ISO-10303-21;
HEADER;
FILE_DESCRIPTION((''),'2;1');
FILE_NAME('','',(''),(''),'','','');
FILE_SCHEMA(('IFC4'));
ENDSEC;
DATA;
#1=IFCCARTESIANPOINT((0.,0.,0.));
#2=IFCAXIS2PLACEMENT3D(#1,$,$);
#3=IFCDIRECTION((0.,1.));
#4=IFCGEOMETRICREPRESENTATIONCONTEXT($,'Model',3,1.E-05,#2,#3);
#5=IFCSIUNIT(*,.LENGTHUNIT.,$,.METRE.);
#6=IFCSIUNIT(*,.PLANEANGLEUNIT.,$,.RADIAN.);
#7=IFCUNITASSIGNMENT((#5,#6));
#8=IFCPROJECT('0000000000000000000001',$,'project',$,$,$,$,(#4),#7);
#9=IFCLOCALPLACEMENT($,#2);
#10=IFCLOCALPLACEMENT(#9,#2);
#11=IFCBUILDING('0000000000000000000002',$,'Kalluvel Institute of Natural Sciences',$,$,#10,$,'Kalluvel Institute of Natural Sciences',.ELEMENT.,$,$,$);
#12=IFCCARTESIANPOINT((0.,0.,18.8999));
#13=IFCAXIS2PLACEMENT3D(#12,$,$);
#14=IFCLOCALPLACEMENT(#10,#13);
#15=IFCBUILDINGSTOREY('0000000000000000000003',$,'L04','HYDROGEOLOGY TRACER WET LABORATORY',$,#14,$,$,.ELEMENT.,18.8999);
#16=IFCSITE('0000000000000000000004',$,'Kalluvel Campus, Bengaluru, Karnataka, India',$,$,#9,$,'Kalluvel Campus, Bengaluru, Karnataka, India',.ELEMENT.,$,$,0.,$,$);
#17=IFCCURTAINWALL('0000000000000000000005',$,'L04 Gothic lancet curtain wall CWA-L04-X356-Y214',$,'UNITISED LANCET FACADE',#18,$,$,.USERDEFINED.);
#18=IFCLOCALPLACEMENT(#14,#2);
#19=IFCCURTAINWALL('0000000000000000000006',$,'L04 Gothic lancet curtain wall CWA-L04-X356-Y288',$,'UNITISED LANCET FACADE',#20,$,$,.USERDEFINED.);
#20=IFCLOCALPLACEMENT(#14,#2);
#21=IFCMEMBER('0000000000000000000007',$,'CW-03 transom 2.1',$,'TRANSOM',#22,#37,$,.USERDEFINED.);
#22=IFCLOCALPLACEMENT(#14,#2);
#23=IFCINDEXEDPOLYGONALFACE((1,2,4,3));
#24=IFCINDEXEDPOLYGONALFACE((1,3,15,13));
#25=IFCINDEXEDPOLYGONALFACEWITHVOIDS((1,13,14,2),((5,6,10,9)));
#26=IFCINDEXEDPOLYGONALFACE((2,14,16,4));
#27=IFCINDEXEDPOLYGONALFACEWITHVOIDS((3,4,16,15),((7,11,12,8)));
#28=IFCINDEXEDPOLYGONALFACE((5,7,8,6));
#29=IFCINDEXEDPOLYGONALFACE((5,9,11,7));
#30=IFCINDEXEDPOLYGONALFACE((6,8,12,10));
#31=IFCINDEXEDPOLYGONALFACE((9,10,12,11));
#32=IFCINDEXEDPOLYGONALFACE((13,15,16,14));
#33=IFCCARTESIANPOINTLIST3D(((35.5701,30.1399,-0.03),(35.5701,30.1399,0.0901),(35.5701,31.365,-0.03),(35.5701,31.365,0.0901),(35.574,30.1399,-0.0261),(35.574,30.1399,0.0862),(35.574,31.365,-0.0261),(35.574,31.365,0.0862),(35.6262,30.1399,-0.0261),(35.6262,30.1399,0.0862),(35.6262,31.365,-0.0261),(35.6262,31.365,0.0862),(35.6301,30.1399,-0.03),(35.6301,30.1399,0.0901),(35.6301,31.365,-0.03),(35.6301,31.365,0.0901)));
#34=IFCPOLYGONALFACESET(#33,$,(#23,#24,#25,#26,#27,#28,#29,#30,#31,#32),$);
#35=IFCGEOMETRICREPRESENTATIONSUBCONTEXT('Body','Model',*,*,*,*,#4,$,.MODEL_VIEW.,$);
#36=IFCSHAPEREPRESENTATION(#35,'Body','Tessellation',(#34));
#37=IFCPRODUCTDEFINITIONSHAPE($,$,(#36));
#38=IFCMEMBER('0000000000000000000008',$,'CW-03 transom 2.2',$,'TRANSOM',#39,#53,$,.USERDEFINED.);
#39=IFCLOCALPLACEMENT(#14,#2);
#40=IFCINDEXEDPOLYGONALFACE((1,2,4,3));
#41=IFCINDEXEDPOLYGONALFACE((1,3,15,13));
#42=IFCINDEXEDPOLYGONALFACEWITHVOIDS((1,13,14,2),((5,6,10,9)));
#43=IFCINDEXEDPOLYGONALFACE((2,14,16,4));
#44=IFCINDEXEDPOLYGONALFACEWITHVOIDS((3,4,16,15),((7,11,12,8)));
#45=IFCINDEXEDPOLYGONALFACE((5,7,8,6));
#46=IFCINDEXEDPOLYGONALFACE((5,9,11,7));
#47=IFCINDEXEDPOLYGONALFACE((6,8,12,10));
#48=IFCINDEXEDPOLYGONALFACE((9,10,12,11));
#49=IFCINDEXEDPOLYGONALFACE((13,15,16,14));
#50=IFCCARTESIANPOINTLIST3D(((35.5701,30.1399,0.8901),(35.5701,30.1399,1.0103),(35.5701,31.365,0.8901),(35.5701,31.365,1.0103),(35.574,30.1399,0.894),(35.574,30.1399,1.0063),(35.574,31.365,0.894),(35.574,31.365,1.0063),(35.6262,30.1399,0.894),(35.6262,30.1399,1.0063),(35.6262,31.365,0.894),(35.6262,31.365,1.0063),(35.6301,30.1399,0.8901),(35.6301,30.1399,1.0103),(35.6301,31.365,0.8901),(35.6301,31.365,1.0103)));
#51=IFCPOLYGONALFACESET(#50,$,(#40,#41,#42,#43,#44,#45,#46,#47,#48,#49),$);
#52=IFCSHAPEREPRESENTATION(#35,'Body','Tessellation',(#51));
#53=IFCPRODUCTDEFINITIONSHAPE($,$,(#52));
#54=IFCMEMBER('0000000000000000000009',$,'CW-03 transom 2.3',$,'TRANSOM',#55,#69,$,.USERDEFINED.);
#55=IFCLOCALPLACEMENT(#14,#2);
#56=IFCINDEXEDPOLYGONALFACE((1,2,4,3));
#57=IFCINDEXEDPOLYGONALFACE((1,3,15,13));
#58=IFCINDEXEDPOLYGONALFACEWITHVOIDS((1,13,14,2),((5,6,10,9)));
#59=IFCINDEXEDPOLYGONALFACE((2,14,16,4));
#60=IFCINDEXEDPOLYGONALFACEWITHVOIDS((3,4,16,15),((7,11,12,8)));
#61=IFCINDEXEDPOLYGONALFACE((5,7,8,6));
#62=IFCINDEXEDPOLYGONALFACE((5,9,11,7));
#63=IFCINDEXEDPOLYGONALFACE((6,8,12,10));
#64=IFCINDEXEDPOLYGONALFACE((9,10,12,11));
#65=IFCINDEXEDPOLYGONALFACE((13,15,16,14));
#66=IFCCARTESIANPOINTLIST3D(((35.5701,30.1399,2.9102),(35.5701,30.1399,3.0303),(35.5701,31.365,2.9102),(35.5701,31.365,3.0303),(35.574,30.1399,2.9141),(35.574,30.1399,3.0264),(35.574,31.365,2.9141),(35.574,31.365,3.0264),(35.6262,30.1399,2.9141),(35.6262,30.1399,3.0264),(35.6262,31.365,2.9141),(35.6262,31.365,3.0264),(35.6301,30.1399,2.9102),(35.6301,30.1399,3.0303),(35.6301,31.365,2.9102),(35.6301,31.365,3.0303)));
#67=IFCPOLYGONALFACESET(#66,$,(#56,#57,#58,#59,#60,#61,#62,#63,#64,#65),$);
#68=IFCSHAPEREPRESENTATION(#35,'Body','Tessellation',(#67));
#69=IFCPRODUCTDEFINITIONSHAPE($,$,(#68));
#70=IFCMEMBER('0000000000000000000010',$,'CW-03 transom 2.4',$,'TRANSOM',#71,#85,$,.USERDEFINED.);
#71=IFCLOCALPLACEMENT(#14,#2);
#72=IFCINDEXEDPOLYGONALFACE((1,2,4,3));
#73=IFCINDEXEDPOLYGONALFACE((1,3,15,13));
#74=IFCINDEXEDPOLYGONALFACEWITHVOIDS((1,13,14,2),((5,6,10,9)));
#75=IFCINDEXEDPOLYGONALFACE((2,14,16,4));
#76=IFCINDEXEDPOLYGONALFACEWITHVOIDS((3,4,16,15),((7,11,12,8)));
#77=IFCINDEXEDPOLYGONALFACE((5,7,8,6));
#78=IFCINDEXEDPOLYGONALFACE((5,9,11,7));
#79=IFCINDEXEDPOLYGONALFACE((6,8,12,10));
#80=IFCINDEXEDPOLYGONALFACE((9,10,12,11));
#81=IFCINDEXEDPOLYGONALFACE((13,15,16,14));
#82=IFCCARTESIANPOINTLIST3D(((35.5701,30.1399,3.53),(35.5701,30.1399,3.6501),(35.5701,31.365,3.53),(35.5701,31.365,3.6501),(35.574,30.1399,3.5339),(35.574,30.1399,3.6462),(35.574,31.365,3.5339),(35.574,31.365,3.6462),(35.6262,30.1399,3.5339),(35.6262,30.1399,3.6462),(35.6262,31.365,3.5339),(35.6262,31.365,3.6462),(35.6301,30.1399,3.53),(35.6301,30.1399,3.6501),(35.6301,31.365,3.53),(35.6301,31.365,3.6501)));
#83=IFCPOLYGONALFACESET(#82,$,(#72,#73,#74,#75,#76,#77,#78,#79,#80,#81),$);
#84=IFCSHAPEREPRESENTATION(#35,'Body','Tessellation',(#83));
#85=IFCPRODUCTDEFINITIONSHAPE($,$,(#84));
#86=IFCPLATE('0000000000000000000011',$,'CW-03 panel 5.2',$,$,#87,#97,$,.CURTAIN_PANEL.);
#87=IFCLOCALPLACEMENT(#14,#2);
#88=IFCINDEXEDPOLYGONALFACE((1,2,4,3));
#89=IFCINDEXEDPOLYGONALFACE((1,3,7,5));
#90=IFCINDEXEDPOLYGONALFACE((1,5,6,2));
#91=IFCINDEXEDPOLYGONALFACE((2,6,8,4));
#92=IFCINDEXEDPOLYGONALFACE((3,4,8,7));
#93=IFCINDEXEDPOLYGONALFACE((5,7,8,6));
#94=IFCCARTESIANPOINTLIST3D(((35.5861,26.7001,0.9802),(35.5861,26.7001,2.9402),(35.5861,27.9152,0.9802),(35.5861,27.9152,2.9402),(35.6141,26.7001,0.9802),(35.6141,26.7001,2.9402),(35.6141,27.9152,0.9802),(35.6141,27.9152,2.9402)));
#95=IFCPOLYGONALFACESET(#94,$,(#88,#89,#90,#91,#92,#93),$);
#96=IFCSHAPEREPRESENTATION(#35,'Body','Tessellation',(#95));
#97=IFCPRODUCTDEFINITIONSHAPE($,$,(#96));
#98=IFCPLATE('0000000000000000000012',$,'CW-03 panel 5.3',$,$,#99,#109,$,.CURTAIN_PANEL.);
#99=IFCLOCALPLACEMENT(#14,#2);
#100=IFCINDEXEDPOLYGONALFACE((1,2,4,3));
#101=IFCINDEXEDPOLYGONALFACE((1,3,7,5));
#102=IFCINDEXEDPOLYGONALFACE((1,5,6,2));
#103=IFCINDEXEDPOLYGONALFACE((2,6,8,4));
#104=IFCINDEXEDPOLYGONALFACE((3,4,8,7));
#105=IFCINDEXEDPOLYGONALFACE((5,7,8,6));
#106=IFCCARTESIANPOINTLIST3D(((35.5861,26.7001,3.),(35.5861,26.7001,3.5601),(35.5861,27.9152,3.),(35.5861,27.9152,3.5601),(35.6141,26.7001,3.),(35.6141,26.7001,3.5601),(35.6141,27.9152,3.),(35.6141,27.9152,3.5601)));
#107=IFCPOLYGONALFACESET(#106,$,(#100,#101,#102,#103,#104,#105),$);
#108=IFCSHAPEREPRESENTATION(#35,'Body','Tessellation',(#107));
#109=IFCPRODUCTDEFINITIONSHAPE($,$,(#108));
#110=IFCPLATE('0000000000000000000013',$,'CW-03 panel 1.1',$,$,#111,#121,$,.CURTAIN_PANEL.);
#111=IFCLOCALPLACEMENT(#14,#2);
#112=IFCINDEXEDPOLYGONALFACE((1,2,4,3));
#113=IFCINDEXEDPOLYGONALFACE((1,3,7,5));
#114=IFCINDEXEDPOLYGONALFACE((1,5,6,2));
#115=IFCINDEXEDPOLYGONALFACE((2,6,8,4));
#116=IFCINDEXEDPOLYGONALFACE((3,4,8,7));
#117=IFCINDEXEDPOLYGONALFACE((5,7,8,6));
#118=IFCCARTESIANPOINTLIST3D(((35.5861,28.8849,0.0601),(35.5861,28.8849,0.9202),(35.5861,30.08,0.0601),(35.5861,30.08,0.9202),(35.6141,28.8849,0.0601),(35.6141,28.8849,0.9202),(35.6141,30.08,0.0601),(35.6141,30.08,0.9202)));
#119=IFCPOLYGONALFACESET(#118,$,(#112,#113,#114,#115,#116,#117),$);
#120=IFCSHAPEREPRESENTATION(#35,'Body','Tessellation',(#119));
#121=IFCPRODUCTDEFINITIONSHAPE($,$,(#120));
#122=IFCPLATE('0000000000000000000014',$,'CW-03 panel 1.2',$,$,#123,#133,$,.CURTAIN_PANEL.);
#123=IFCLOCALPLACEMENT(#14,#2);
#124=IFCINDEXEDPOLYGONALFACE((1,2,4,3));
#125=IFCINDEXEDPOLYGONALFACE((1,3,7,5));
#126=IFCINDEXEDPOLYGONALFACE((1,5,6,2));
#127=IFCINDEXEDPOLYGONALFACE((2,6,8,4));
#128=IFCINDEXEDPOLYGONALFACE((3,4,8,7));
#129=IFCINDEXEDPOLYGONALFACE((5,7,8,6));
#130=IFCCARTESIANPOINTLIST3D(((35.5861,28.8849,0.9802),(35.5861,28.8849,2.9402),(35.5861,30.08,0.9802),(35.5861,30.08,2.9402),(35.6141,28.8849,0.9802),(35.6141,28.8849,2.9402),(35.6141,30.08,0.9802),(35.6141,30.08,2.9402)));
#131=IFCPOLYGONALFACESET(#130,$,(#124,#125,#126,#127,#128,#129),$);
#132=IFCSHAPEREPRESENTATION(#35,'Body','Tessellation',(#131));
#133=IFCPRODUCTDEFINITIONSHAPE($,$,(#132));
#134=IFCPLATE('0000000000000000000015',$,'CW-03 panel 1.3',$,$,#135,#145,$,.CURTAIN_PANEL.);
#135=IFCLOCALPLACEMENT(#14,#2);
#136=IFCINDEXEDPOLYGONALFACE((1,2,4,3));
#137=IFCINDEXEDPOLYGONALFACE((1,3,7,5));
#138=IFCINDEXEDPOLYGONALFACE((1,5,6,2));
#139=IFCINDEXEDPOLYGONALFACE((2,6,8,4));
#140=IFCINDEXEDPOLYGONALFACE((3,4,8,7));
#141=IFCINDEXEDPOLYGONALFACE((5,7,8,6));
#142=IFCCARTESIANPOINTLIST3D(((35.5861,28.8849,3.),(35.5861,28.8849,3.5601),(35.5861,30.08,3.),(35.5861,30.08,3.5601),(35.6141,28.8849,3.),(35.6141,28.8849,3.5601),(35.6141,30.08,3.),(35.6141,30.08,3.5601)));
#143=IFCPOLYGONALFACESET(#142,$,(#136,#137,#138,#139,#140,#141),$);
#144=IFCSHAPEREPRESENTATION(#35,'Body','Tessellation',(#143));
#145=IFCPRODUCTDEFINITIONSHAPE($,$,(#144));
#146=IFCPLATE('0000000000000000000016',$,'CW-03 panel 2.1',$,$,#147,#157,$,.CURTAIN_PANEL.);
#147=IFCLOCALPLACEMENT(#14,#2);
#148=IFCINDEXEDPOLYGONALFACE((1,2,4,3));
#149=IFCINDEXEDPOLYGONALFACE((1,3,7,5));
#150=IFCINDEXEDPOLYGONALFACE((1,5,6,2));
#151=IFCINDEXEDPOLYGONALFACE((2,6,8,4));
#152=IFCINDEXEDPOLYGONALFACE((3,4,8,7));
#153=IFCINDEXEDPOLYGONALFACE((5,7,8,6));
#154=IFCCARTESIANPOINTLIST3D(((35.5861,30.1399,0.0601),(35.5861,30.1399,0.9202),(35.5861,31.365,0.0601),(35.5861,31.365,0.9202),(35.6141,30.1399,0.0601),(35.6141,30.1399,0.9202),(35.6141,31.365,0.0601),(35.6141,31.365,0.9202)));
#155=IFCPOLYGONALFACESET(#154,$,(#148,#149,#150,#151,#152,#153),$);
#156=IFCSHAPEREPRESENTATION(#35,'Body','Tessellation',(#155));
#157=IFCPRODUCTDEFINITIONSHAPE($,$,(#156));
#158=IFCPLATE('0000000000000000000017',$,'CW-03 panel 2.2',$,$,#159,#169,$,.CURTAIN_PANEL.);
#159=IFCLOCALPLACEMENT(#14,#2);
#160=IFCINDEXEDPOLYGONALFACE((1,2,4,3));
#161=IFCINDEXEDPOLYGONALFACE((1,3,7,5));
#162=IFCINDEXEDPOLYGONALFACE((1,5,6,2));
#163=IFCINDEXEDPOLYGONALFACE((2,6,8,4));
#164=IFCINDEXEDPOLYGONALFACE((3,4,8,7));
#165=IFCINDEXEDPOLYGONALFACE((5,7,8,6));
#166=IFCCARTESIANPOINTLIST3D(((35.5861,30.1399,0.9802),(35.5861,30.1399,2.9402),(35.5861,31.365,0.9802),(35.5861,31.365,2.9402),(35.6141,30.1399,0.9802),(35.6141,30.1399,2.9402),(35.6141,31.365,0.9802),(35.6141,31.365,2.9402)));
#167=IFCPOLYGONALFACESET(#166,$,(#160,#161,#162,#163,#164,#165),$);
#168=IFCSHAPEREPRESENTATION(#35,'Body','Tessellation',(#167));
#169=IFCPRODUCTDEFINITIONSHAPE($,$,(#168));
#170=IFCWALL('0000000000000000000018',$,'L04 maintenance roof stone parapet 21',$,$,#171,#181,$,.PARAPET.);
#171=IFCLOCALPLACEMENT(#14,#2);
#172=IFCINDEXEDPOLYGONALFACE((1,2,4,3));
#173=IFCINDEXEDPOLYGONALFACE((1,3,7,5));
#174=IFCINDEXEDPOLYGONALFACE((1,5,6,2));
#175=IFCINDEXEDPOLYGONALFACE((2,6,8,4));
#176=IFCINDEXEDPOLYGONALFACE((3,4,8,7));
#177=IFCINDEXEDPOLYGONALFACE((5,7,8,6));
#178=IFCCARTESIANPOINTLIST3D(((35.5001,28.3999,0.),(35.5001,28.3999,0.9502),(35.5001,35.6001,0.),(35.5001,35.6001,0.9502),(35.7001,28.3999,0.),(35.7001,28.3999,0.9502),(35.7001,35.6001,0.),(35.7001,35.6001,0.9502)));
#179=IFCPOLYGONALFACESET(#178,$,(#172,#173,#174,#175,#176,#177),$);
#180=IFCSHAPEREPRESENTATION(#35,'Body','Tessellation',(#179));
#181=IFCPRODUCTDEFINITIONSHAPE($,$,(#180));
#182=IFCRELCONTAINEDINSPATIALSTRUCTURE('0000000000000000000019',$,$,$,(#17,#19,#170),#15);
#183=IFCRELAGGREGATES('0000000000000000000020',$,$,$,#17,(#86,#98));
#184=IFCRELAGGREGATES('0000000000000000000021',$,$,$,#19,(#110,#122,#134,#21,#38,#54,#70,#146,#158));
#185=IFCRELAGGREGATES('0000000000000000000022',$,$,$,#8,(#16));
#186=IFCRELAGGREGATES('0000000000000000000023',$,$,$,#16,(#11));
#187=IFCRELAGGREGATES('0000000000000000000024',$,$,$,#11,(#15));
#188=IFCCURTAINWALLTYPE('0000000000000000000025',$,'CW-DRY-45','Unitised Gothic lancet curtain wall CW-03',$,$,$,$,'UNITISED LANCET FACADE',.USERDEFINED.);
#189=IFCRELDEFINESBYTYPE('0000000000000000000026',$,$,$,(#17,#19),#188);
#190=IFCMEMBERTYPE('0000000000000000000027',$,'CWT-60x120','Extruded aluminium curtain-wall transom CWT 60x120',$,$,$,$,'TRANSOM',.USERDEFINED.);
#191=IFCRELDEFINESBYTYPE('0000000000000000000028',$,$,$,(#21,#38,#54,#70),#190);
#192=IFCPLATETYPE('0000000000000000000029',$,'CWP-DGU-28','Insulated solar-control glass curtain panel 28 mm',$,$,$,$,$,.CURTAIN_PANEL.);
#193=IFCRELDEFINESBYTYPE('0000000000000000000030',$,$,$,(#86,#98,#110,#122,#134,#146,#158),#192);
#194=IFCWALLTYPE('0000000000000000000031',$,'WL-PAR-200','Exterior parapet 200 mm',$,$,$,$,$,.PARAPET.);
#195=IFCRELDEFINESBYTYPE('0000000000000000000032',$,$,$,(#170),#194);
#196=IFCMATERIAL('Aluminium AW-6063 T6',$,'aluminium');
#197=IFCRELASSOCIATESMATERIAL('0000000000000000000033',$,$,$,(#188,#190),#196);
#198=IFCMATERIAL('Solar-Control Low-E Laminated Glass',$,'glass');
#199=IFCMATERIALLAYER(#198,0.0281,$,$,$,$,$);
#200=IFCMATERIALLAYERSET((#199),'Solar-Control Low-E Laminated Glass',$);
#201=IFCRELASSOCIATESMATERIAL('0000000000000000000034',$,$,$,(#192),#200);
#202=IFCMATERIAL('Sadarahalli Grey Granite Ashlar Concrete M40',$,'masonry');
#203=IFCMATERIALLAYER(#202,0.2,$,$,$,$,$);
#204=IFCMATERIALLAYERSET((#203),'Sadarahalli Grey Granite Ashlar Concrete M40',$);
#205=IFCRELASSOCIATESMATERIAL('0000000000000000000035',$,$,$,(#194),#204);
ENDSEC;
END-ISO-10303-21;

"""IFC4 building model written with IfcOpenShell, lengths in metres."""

from ifc_helpers import new_model, si_unit, direction, frame, frame_2d, origin, origin_2d, place, context, subcontext, project, spatial, rectangle, hollow_rectangle, extrude, material, layer, layer_set, material_profile, profile_set, type_object, element, aggregate, save


model = new_model("IFC4")

# Units and contexts
model_context = context("Model", 3, precision=1e-05, world=origin(), true_north=direction((0.0, 1.0)))
body_context = subcontext(model_context, "Body", "Model", "MODEL_VIEW")
ifc_project = project(units=[si_unit("LENGTHUNIT", "METRE"), si_unit("PLANEANGLEUNIT", "RADIAN")], contexts=[model_context])

# Site, building, storey
site_placement = place(None, origin())
site = spatial("IfcSite", under=ifc_project, at=site_placement, Name="Kalluvel Campus, Bengaluru, Karnataka, India", LongName="Kalluvel Campus, Bengaluru, Karnataka, India", CompositionType="ELEMENT", RefElevation=0.0)
building_placement = place(site_placement, origin())
building = spatial("IfcBuilding", under=site, at=building_placement, Name="Kalluvel Institute of Natural Sciences", LongName="Kalluvel Institute of Natural Sciences", CompositionType="ELEMENT")
storey_placement = place(building_placement, frame((0.0, 0.0, 18.8999)))
storey = spatial("IfcBuildingStorey", under=building, at=storey_placement, Name="L04", Description="HYDROGEOLOGY TRACER WET LABORATORY", CompositionType="ELEMENT", Elevation=18.8999)

# Curtain wall
ifc_material_1 = material(Name="Aluminium AW-6063 T6", Category="aluminium")
curtain_wall_type = type_object("IfcCurtainWallType", Name="CW-DRY-45", Description="Unitised Gothic lancet curtain wall CW-03", ElementType="UNITISED LANCET FACADE", PredefinedType="USERDEFINED", material=ifc_material_1)
curtain_wall_1_placement = place(storey_placement, origin())
curtain_wall_1 = element("IfcCurtainWall", 1, at=curtain_wall_1_placement, inside=storey, type_object=curtain_wall_type, Name="L04 Gothic lancet curtain wall CWA-L04-X356-Y214", ObjectType="UNITISED LANCET FACADE", PredefinedType="USERDEFINED")

# Curtain wall, members
curtain_wall_2_placement = place(storey_placement, origin())
curtain_wall_2 = element("IfcCurtainWall", 2, at=curtain_wall_2_placement, inside=storey, type_object=curtain_wall_type, Name="L04 Gothic lancet curtain wall CWA-L04-X356-Y288", ObjectType="UNITISED LANCET FACADE", PredefinedType="USERDEFINED")
ifc_material_profile_1 = material_profile(ifc_material_1, hollow_rectangle(XDim=0.0601, YDim=0.1201, WallThickness=0.0039, at=origin_2d()), Name="CWT 60x120")
ifc_profile_set_1 = profile_set([ifc_material_profile_1], Name="Aluminium AW-6063 T6")
member_type_1 = type_object("IfcMemberType", Name="CWT-60x120", Description="Extruded aluminium curtain-wall transom CWT 60x120", ElementType="TRANSOM", PredefinedType="USERDEFINED", material=ifc_profile_set_1)
member_1_placement = place(storey_placement, frame((35.6001, 30.1399, 0.03), z_axis=(0.0, 1.0, 0.0), x_axis=(-1.0, 0.0, 0.0)))
member_1 = element("IfcMember", 3, at=member_1_placement, type_object=member_type_1, Name="CW-03 transom 2.1", ObjectType="TRANSOM", PredefinedType="USERDEFINED", context=body_context, shape_type="SweptSolid", body=[
    extrude(hollow_rectangle(XDim=0.0601, YDim=0.1201, WallThickness=0.0039, at=origin_2d()), origin(), (0.0, 0.0, 1.0), 1.2251),
])
member_2_placement = place(storey_placement, frame((35.6001, 30.1399, 0.9502), z_axis=(0.0, 1.0, 0.0), x_axis=(-1.0, 0.0, 0.0)))
member_2 = element("IfcMember", 4, at=member_2_placement, type_object=member_type_1, Name="CW-03 transom 2.2", ObjectType="TRANSOM", PredefinedType="USERDEFINED", context=body_context, shape_type="SweptSolid", body=[
    extrude(hollow_rectangle(XDim=0.0601, YDim=0.1201, WallThickness=0.0039, at=origin_2d()), origin(), (0.0, 0.0, 1.0), 1.2251),
])
member_3_placement = place(storey_placement, frame((35.6001, 30.1399, 2.9702), z_axis=(0.0, 1.0, 0.0), x_axis=(-1.0, 0.0, 0.0)))
member_3 = element("IfcMember", 5, at=member_3_placement, type_object=member_type_1, Name="CW-03 transom 2.3", ObjectType="TRANSOM", PredefinedType="USERDEFINED", context=body_context, shape_type="SweptSolid", body=[
    extrude(hollow_rectangle(XDim=0.0601, YDim=0.1201, WallThickness=0.0039, at=origin_2d()), origin(), (0.0, 0.0, 1.0), 1.2251),
])
member_4_placement = place(storey_placement, frame((35.6001, 30.1399, 3.5901), z_axis=(0.0, 1.0, 0.0), x_axis=(-1.0, 0.0, 0.0)))
member_4 = element("IfcMember", 6, at=member_4_placement, type_object=member_type_1, Name="CW-03 transom 2.4", ObjectType="TRANSOM", PredefinedType="USERDEFINED", context=body_context, shape_type="SweptSolid", body=[
    extrude(hollow_rectangle(XDim=0.0601, YDim=0.1201, WallThickness=0.0039, at=origin_2d()), origin(), (0.0, 0.0, 1.0), 1.2251),
])

# Plates
ifc_material_2 = material(Name="Solar-Control Low-E Laminated Glass", Category="glass")
ifc_layer_1 = layer(ifc_material_2, 0.0281)
ifc_layer_set_1 = layer_set([ifc_layer_1], Name="Solar-Control Low-E Laminated Glass")
plate_type = type_object("IfcPlateType", Name="CWP-DGU-28", Description="Insulated solar-control glass curtain panel 28 mm", PredefinedType="CURTAIN_PANEL", material=ifc_layer_set_1)
plate_1_placement = place(storey_placement, frame((35.6001, 27.3076, 0.9802), z_axis=(0.0, 0.0, 1.0), x_axis=(0.0, 1.0, 0.0)))
plate_1 = element("IfcPlate", 7, at=plate_1_placement, type_object=plate_type, Name="CW-03 panel 5.2", PredefinedType="CURTAIN_PANEL", context=body_context, shape_type="SweptSolid", body=[
    extrude(rectangle(XDim=1.2151, YDim=0.0281, at=origin_2d()), origin(), (0.0, 0.0, 1.0), 1.96),
])
plate_2_placement = place(storey_placement, frame((35.6001, 27.3076, 3.0), z_axis=(0.0, 0.0, 1.0), x_axis=(0.0, 1.0, 0.0)))
plate_2 = element("IfcPlate", 8, at=plate_2_placement, type_object=plate_type, Name="CW-03 panel 5.3", PredefinedType="CURTAIN_PANEL", context=body_context, shape_type="SweptSolid", body=[
    extrude(rectangle(XDim=1.2151, YDim=0.0281, at=origin_2d()), origin(), (0.0, 0.0, 1.0), 0.5601),
])
aggregate(curtain_wall_1, [plate_1, plate_2])
plate_3_placement = place(storey_placement, frame((35.6001, 29.4824, 0.0601), z_axis=(0.0, 0.0, 1.0), x_axis=(0.0, 1.0, 0.0)))
plate_3 = element("IfcPlate", 9, at=plate_3_placement, type_object=plate_type, Name="CW-03 panel 1.1", PredefinedType="CURTAIN_PANEL", context=body_context, shape_type="SweptSolid", body=[
    extrude(rectangle(XDim=1.1951, YDim=0.0281, at=origin_2d()), origin(), (0.0, 0.0, 1.0), 0.8601),
])
plate_4_placement = place(storey_placement, frame((35.6001, 29.4824, 0.9802), z_axis=(0.0, 0.0, 1.0), x_axis=(0.0, 1.0, 0.0)))
plate_4 = element("IfcPlate", 10, at=plate_4_placement, type_object=plate_type, Name="CW-03 panel 1.2", PredefinedType="CURTAIN_PANEL", context=body_context, shape_type="SweptSolid", body=[
    extrude(rectangle(XDim=1.1951, YDim=0.0281, at=origin_2d()), origin(), (0.0, 0.0, 1.0), 1.96),
])
plate_5_placement = place(storey_placement, frame((35.6001, 29.4824, 3.0), z_axis=(0.0, 0.0, 1.0), x_axis=(0.0, 1.0, 0.0)))
plate_5 = element("IfcPlate", 11, at=plate_5_placement, type_object=plate_type, Name="CW-03 panel 1.3", PredefinedType="CURTAIN_PANEL", context=body_context, shape_type="SweptSolid", body=[
    extrude(rectangle(XDim=1.1951, YDim=0.0281, at=origin_2d()), origin(), (0.0, 0.0, 1.0), 0.5601),
])
plate_6_placement = place(storey_placement, frame((35.6001, 30.7524, 0.0601), z_axis=(0.0, 0.0, 1.0), x_axis=(0.0, 1.0, 0.0)))
plate_6 = element("IfcPlate", 12, at=plate_6_placement, type_object=plate_type, Name="CW-03 panel 2.1", PredefinedType="CURTAIN_PANEL", context=body_context, shape_type="SweptSolid", body=[
    extrude(rectangle(XDim=1.2251, YDim=0.0281, at=origin_2d()), origin(), (0.0, 0.0, 1.0), 0.8601),
])
plate_7_placement = place(storey_placement, frame((35.6001, 30.7524, 0.9802), z_axis=(0.0, 0.0, 1.0), x_axis=(0.0, 1.0, 0.0)))
plate_7 = element("IfcPlate", 13, at=plate_7_placement, type_object=plate_type, Name="CW-03 panel 2.2", PredefinedType="CURTAIN_PANEL", context=body_context, shape_type="SweptSolid", body=[
    extrude(rectangle(XDim=1.2251, YDim=0.0281, at=origin_2d()), origin(), (0.0, 0.0, 1.0), 1.96),
])
aggregate(curtain_wall_2, [plate_3, plate_4, plate_5, member_1, member_2, member_3, member_4, plate_6, plate_7])

# Wall
ifc_material_3 = material(Name="Sadarahalli Grey Granite Ashlar Concrete M40", Category="masonry")
ifc_layer_2 = layer(ifc_material_3, 0.2)
ifc_layer_set_2 = layer_set([ifc_layer_2], Name="Sadarahalli Grey Granite Ashlar Concrete M40")
wall_type = type_object("IfcWallType", Name="WL-PAR-200", Description="Exterior parapet 200 mm", PredefinedType="PARAPET", material=ifc_layer_set_2)
wall_placement = place(storey_placement, frame((35.6001, 28.3999, 0.0), z_axis=(0.0, 0.0, 1.0), x_axis=(0.0, 1.0, 0.0)))
element("IfcWall", 14, at=wall_placement, inside=storey, type_object=wall_type, Name="L04 maintenance roof stone parapet 21", PredefinedType="PARAPET", context=body_context, shape_type="SweptSolid", body=[
    extrude(rectangle(XDim=7.2002, YDim=0.2, at=frame_2d((3.6001, 0.0))), origin(), (0.0, 0.0, 1.0), 0.9502),
])

save(model, "model.ifc")
